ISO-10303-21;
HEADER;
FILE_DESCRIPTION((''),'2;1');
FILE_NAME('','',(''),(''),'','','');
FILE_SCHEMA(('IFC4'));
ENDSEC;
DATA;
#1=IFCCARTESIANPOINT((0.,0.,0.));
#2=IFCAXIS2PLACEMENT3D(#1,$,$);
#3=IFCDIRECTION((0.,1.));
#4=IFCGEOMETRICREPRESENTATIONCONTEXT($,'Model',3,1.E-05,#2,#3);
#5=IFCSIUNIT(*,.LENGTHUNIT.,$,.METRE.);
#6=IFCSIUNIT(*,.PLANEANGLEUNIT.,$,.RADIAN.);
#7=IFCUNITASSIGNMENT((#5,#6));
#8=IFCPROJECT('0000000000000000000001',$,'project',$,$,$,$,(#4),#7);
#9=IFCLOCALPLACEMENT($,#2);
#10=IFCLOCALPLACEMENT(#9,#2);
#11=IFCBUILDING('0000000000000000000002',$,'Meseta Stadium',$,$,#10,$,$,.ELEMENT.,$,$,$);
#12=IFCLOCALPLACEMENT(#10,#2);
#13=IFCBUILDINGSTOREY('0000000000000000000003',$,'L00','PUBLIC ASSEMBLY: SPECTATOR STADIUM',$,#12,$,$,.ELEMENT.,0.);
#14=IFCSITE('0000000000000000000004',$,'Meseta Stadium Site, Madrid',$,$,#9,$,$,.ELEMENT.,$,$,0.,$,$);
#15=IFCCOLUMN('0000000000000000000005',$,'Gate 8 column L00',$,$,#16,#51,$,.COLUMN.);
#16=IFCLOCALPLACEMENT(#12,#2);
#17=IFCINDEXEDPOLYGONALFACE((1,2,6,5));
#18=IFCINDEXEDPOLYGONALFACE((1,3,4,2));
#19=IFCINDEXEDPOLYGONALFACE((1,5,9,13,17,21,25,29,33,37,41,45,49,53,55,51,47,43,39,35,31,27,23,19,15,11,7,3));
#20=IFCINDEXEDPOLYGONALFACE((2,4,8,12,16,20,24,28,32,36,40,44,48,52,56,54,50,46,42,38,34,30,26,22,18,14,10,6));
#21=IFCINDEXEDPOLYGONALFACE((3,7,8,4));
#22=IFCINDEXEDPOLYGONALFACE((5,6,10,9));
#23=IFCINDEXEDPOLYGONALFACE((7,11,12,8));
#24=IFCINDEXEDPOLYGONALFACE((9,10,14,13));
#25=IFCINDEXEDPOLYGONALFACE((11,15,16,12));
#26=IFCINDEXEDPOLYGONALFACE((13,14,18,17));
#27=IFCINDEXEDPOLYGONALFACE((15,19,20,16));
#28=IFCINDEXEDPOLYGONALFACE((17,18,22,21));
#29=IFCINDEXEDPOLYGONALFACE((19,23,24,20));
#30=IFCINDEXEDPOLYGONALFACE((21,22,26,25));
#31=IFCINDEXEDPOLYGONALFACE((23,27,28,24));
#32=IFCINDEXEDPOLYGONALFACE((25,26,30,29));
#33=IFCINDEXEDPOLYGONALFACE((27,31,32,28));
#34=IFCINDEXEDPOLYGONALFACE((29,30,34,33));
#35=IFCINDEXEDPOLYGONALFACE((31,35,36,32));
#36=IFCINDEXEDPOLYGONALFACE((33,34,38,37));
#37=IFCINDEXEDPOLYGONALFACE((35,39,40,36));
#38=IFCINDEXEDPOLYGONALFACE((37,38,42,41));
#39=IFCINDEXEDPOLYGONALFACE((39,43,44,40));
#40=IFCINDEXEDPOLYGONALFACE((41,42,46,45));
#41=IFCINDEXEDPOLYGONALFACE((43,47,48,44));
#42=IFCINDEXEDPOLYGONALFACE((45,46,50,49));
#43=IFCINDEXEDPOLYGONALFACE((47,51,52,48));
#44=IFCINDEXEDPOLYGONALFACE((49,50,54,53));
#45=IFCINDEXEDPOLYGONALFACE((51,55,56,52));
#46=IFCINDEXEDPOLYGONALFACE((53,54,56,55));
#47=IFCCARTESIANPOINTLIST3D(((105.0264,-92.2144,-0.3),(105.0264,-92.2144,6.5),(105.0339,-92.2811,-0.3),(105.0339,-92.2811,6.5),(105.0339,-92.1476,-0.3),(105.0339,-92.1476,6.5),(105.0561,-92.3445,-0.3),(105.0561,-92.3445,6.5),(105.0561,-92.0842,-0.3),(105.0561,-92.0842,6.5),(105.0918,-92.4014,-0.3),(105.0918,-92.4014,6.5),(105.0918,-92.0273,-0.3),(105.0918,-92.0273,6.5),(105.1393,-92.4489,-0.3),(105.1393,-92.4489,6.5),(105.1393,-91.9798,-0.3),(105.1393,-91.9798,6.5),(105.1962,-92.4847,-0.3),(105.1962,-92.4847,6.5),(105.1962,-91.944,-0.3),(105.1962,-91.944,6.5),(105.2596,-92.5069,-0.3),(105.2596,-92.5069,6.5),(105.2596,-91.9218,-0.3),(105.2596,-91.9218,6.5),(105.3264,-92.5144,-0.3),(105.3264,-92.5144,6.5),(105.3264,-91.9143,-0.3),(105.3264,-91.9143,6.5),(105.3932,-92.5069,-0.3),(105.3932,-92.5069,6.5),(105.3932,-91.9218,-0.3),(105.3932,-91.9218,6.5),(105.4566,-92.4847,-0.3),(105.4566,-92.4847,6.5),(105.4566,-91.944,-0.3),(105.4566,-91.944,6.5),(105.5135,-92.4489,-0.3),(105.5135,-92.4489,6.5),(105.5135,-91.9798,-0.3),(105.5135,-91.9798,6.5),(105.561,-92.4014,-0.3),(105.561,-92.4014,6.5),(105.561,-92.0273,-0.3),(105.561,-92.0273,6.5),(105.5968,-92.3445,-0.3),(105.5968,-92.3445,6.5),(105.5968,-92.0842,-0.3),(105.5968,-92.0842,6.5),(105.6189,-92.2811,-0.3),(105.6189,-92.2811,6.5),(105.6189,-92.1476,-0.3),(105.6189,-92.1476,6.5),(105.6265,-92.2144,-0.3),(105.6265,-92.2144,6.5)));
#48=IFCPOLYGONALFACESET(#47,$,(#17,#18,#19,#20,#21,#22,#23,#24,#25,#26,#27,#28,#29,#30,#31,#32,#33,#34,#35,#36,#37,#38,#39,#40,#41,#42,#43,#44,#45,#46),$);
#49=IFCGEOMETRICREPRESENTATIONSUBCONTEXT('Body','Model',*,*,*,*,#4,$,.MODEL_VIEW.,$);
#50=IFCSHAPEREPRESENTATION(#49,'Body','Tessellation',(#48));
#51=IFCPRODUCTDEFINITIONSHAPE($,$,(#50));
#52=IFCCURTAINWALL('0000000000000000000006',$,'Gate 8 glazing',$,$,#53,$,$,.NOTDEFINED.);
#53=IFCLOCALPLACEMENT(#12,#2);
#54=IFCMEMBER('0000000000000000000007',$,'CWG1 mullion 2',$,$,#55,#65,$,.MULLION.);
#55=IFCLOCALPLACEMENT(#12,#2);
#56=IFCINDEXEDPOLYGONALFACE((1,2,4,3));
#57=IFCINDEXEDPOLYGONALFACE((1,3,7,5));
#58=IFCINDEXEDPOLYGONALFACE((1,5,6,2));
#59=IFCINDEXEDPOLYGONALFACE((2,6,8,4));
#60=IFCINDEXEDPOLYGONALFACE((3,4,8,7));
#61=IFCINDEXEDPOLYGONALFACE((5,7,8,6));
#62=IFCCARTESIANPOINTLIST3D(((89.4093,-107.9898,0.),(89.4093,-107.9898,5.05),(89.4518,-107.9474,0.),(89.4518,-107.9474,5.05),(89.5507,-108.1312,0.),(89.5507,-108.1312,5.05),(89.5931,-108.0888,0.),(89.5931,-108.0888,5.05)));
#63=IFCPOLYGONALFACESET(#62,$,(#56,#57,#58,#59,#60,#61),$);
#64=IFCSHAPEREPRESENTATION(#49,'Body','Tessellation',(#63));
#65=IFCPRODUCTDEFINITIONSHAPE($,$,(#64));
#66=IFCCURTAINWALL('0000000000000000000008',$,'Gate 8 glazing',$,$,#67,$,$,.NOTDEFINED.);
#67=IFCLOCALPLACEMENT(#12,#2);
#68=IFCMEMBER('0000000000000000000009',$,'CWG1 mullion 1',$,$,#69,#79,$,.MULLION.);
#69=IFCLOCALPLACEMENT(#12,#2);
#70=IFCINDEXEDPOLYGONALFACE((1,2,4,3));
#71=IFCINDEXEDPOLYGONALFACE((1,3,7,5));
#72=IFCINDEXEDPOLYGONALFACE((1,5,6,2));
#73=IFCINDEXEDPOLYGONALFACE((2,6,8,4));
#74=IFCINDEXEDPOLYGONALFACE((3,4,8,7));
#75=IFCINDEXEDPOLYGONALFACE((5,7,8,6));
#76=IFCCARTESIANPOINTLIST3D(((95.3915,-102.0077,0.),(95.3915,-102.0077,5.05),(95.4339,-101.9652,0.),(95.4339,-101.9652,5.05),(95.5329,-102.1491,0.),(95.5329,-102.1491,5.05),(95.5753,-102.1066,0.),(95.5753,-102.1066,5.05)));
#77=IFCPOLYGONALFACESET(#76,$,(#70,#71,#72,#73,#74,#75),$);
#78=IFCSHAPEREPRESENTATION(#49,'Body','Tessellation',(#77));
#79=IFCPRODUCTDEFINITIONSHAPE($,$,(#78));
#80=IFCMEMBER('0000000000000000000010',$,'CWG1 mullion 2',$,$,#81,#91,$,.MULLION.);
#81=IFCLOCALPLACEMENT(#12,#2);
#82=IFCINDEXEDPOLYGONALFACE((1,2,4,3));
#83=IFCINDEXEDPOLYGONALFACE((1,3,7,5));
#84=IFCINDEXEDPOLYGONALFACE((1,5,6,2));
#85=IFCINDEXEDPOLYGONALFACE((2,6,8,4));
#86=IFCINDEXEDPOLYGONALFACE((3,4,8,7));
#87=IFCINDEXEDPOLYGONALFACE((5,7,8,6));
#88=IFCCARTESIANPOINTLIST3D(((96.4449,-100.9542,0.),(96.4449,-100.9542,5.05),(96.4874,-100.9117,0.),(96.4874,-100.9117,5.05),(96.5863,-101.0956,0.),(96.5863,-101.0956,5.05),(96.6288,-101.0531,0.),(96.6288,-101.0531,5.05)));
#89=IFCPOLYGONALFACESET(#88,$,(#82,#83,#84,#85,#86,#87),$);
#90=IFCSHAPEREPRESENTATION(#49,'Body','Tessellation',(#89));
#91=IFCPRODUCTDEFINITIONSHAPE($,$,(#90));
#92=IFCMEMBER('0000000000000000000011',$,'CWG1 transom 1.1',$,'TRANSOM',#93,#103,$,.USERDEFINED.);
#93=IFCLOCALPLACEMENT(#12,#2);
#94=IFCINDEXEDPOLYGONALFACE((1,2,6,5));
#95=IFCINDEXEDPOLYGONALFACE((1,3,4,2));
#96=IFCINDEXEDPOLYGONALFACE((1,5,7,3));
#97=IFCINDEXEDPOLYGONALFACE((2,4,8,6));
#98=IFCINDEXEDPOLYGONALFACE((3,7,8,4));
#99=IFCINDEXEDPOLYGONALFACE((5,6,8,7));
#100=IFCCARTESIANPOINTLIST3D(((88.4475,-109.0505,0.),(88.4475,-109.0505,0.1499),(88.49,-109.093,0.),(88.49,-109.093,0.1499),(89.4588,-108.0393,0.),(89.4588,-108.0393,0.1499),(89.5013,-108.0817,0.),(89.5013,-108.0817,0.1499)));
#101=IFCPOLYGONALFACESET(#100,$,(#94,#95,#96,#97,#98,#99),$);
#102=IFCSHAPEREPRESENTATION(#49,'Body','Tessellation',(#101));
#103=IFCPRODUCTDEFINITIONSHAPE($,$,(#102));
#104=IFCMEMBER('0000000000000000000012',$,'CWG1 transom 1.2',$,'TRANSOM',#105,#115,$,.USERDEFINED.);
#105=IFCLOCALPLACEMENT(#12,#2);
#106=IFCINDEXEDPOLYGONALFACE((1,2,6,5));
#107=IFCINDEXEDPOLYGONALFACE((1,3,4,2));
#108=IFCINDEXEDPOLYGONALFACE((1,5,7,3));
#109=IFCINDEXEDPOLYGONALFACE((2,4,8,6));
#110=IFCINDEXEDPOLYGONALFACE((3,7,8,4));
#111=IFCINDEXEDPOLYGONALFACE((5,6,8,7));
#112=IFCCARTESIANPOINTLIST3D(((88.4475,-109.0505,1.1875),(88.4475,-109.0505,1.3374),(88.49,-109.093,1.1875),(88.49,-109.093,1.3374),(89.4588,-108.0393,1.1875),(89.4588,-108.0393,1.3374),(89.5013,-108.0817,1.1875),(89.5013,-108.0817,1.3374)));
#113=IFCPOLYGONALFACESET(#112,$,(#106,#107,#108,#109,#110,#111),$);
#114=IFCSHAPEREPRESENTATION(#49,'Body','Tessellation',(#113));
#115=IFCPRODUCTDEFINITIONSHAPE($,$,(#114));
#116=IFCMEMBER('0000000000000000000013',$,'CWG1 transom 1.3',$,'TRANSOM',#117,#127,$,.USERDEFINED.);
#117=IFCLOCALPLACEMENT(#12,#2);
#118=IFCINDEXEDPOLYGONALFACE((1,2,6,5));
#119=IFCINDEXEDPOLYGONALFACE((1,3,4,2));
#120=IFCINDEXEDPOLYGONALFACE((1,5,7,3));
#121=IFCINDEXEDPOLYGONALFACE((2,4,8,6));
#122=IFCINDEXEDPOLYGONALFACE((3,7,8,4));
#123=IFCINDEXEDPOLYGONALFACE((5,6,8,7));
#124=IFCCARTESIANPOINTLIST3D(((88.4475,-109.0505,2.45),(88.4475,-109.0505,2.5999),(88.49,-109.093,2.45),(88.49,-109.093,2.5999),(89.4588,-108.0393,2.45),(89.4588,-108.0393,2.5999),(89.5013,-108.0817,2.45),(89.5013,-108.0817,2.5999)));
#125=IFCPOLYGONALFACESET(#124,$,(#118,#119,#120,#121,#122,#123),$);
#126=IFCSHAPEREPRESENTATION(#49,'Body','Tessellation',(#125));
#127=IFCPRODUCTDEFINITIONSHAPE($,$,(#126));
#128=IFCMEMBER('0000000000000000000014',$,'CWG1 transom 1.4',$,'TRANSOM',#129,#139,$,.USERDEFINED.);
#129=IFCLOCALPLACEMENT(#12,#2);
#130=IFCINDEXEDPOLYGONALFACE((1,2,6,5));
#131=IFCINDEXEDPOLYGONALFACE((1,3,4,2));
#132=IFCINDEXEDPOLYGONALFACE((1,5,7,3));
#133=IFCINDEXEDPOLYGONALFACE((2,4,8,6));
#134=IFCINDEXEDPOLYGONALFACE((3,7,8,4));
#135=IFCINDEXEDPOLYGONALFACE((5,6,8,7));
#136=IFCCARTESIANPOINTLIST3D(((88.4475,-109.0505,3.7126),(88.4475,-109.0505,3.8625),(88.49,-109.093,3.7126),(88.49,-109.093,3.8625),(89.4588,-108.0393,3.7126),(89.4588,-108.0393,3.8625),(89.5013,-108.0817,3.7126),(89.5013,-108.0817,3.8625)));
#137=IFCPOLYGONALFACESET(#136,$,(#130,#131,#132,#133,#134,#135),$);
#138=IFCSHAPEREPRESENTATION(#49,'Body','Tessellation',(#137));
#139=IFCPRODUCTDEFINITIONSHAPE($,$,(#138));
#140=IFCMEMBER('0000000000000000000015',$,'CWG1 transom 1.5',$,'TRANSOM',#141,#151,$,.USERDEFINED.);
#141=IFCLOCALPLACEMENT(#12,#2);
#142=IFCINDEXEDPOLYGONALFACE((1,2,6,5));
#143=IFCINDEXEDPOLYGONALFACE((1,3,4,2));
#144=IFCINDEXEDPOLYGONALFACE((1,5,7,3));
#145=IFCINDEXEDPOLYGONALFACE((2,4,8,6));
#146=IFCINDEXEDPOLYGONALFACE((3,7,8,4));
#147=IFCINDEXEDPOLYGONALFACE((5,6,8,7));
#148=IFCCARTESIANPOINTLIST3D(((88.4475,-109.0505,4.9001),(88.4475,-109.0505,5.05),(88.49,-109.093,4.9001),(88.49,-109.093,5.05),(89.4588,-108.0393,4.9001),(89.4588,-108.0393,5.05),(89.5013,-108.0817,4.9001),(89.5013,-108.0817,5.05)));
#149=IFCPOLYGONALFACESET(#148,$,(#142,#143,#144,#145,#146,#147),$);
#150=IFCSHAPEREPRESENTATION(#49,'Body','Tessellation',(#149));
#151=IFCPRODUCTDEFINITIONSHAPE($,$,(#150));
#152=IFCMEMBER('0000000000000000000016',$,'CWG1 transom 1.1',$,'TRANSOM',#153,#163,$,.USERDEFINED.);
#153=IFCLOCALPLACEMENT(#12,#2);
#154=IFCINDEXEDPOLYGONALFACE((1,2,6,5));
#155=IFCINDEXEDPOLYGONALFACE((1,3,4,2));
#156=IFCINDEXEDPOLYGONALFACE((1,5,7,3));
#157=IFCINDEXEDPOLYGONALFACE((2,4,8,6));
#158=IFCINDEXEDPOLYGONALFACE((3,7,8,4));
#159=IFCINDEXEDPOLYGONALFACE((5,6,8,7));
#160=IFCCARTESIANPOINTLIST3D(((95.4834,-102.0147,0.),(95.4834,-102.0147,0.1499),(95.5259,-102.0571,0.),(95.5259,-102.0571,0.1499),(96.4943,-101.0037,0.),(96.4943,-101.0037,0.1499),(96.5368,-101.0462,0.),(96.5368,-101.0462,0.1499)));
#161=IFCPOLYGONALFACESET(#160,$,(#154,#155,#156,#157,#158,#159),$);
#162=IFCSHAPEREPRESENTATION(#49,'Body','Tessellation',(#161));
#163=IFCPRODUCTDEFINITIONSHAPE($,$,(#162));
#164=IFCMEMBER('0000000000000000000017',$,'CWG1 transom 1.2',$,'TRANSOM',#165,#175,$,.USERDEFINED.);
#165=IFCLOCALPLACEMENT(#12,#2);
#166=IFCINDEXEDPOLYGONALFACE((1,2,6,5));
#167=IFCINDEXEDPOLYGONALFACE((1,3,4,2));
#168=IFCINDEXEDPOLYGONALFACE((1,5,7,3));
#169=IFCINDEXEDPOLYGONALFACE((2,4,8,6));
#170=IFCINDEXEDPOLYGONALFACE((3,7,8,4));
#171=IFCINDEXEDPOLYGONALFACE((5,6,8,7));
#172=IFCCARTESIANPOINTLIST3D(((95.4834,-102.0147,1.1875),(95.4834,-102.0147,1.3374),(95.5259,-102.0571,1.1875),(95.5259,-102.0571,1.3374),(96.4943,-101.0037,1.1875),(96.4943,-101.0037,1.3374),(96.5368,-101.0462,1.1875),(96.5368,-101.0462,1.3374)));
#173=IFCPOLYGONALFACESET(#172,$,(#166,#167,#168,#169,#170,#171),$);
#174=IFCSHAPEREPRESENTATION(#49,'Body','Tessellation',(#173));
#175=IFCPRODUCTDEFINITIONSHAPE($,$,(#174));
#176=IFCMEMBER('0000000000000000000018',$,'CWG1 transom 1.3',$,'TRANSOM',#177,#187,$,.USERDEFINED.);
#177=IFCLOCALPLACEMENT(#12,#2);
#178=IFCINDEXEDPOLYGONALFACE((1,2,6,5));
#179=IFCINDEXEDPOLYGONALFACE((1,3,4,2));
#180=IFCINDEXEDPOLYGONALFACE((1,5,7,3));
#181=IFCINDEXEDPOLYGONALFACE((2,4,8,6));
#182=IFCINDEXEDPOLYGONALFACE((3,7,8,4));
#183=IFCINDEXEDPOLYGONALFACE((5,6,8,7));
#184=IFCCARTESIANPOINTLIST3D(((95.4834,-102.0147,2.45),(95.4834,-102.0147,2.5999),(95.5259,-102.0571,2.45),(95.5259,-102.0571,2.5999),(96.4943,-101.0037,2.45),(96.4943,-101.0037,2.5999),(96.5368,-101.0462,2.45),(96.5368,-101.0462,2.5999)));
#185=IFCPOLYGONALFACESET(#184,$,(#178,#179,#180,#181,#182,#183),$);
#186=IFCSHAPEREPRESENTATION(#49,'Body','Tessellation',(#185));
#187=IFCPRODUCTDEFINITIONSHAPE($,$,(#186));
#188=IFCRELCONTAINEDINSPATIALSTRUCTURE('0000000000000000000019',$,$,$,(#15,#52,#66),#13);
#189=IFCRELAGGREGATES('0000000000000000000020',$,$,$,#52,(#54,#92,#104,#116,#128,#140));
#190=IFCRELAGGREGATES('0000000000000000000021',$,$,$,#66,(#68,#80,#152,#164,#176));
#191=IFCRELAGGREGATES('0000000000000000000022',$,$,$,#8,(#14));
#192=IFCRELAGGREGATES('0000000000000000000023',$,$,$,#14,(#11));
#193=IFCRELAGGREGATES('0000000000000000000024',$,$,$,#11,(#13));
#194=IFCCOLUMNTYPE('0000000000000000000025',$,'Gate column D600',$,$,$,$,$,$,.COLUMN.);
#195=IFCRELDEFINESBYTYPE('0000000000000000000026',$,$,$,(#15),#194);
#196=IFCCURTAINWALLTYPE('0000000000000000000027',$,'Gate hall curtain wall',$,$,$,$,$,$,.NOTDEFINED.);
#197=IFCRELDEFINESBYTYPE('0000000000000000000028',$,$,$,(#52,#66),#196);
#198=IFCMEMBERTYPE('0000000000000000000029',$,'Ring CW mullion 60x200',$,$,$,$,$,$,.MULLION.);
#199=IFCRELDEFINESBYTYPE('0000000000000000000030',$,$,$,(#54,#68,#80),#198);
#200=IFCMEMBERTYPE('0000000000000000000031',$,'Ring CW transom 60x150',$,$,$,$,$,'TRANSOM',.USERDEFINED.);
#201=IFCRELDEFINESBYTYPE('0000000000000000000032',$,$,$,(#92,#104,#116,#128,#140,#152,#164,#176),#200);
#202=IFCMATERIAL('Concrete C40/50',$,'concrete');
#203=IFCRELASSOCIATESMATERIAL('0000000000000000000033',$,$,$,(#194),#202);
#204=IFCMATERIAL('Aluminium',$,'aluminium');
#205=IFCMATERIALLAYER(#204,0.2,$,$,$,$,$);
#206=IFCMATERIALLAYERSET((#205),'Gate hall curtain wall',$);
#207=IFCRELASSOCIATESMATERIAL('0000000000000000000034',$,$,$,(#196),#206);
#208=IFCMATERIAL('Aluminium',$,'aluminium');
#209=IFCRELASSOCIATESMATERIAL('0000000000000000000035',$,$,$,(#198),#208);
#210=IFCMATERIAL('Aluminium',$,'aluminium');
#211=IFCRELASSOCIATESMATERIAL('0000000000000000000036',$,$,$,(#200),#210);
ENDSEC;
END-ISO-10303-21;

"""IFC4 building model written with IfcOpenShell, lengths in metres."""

from ifc_helpers import new_model, si_unit, direction, frame, origin, origin_2d, place, context, subcontext, project, spatial, rectangle, circle, extrude, material, layer, layer_set, material_profile, profile_set, type_object, element, aggregate, save


model = new_model("IFC4")

# Units and contexts
model_context = context("Model", 3, precision=1e-05, world=origin(), true_north=direction((0.0, 1.0)))
body_context = subcontext(model_context, "Body", "Model", "MODEL_VIEW")
ifc_project = project(units=[si_unit("LENGTHUNIT", "METRE"), si_unit("PLANEANGLEUNIT", "RADIAN")], contexts=[model_context])

# Site, building, storey
site_placement = place(None, origin())
site = spatial("IfcSite", under=ifc_project, at=site_placement, Name="Meseta Stadium Site, Madrid", CompositionType="ELEMENT", RefElevation=0.0)
building_placement = place(site_placement, origin())
building = spatial("IfcBuilding", under=site, at=building_placement, Name="Meseta Stadium", CompositionType="ELEMENT")
storey_placement = place(building_placement, origin())
storey = spatial("IfcBuildingStorey", under=building, at=storey_placement, Name="L00", Description="PUBLIC ASSEMBLY: SPECTATOR STADIUM", CompositionType="ELEMENT", Elevation=0.0)

# Column
ifc_material_1 = material(Name="Concrete C40/50", Category="concrete")
ifc_material_profile_1 = material_profile(ifc_material_1, circle(Radius=0.3, at=origin_2d()), Name="RC D600")
ifc_profile_set_1 = profile_set([ifc_material_profile_1], Name="Concrete C40/50")
column_type_1 = type_object("IfcColumnType", Name="Gate column D600", PredefinedType="COLUMN", material=ifc_profile_set_1)
for number, where, z_axis, x_axis, name in (
    (1, (105.3264, -92.2144, -0.3), (0.0, 0.0, 1.0), (1.0, 0.0, 0.0), "Gate 8 column L00"),
):
    element("IfcColumn", number, at=place(storey_placement, frame(where, z_axis=z_axis, x_axis=x_axis)), inside=storey, type_object=column_type_1, Name=name, PredefinedType="COLUMN", context=body_context, shape_type="SweptSolid", body=[
        extrude(circle(Radius=0.3, at=origin_2d()), origin(), (0.0, 0.0, 1.0), 6.8),
    ])

# Curtain wall, member
ifc_material_2 = material(Name="Aluminium", Category="aluminium")
ifc_layer_1 = layer(ifc_material_2, 0.2)
ifc_layer_set_1 = layer_set([ifc_layer_1], Name="Gate hall curtain wall")
curtain_wall_type = type_object("IfcCurtainWallType", Name="Gate hall curtain wall", PredefinedType="NOTDEFINED", material=ifc_layer_set_1)
curtain_wall_1_placement = place(storey_placement, origin())
curtain_wall_1 = element("IfcCurtainWall", 2, at=curtain_wall_1_placement, inside=storey, type_object=curtain_wall_type, Name="Gate 8 glazing", PredefinedType="NOTDEFINED")
ifc_material_3 = material(Name="Aluminium", Category="aluminium")
ifc_material_profile_2 = material_profile(ifc_material_3, rectangle(XDim=0.2, YDim=0.0601, at=origin_2d()), Name="CW 200x60")
ifc_profile_set_2 = profile_set([ifc_material_profile_2], Name="Aluminium")
member_type_1 = type_object("IfcMemberType", Name="Ring CW mullion 60x200", PredefinedType="MULLION", material=ifc_profile_set_2)
member_1_placement = place(storey_placement, frame((89.5012, -108.0393, 0.0), z_axis=(0.0, 0.0, 1.0), x_axis=(-0.707107, 0.707107, 0.0)))
member_1 = element("IfcMember", 3, at=member_1_placement, type_object=member_type_1, Name="CWG1 mullion 2", PredefinedType="MULLION", context=body_context, shape_type="SweptSolid", body=[
    extrude(rectangle(XDim=0.2, YDim=0.0601, at=origin_2d()), origin(), (0.0, 0.0, 1.0), 5.05),
])

# Curtain wall, members
curtain_wall_2_placement = place(storey_placement, origin())
curtain_wall_2 = element("IfcCurtainWall", 4, at=curtain_wall_2_placement, inside=storey, type_object=curtain_wall_type, Name="Gate 8 glazing", PredefinedType="NOTDEFINED")
member_2_placement = place(storey_placement, frame((95.4834, -102.0571, 0.0), z_axis=(0.0, 0.0, 1.0), x_axis=(-0.707107, 0.707107, 0.0)))
member_2 = element("IfcMember", 5, at=member_2_placement, type_object=member_type_1, Name="CWG1 mullion 1", PredefinedType="MULLION", context=body_context, shape_type="SweptSolid", body=[
    extrude(rectangle(XDim=0.2, YDim=0.0601, at=origin_2d()), origin(), (0.0, 0.0, 1.0), 5.05),
])
member_3_placement = place(storey_placement, frame((96.5369, -101.0037, 0.0), z_axis=(0.0, 0.0, 1.0), x_axis=(-0.707107, 0.707107, 0.0)))
member_3 = element("IfcMember", 6, at=member_3_placement, type_object=member_type_1, Name="CWG1 mullion 2", PredefinedType="MULLION", context=body_context, shape_type="SweptSolid", body=[
    extrude(rectangle(XDim=0.2, YDim=0.0601, at=origin_2d()), origin(), (0.0, 0.0, 1.0), 5.05),
])

# Members
ifc_material_4 = material(Name="Aluminium", Category="aluminium")
ifc_material_profile_3 = material_profile(ifc_material_4, rectangle(XDim=0.0601, YDim=0.1499, at=origin_2d()), Name="CW 60x150")
ifc_profile_set_3 = profile_set([ifc_material_profile_3], Name="Aluminium")
member_type_2 = type_object("IfcMemberType", Name="Ring CW transom 60x150", ElementType="TRANSOM", PredefinedType="USERDEFINED", material=ifc_profile_set_3)
member_4_placement = place(storey_placement, frame((88.4688, -109.0718, 0.075), z_axis=(0.707107, 0.707107, 0.0), x_axis=(-0.707107, 0.707107, 0.0)))
member_4 = element("IfcMember", 7, at=member_4_placement, type_object=member_type_2, Name="CWG1 transom 1.1", ObjectType="TRANSOM", PredefinedType="USERDEFINED", context=body_context, shape_type="SweptSolid", body=[
    extrude(rectangle(XDim=0.0601, YDim=0.1499, at=origin_2d()), origin(), (0.0, 0.0, 1.0), 1.4302),
])
member_5_placement = place(storey_placement, frame((88.4688, -109.0718, 1.2625), z_axis=(0.707107, 0.707107, 0.0), x_axis=(-0.707107, 0.707107, 0.0)))
member_5 = element("IfcMember", 8, at=member_5_placement, type_object=member_type_2, Name="CWG1 transom 1.2", ObjectType="TRANSOM", PredefinedType="USERDEFINED", context=body_context, shape_type="SweptSolid", body=[
    extrude(rectangle(XDim=0.0601, YDim=0.1499, at=origin_2d()), origin(), (0.0, 0.0, 1.0), 1.4302),
])
member_6_placement = place(storey_placement, frame((88.4688, -109.0718, 2.5249), z_axis=(0.707107, 0.707107, 0.0), x_axis=(-0.707107, 0.707107, 0.0)))
member_6 = element("IfcMember", 9, at=member_6_placement, type_object=member_type_2, Name="CWG1 transom 1.3", ObjectType="TRANSOM", PredefinedType="USERDEFINED", context=body_context, shape_type="SweptSolid", body=[
    extrude(rectangle(XDim=0.0601, YDim=0.1499, at=origin_2d()), origin(), (0.0, 0.0, 1.0), 1.4302),
])
member_7_placement = place(storey_placement, frame((88.4688, -109.0718, 3.7876), z_axis=(0.707107, 0.707107, 0.0), x_axis=(-0.707107, 0.707107, 0.0)))
member_7 = element("IfcMember", 10, at=member_7_placement, type_object=member_type_2, Name="CWG1 transom 1.4", ObjectType="TRANSOM", PredefinedType="USERDEFINED", context=body_context, shape_type="SweptSolid", body=[
    extrude(rectangle(XDim=0.0601, YDim=0.1499, at=origin_2d()), origin(), (0.0, 0.0, 1.0), 1.4302),
])
member_8_placement = place(storey_placement, frame((88.4688, -109.0718, 4.9751), z_axis=(0.707107, 0.707107, 0.0), x_axis=(-0.707107, 0.707107, 0.0)))
member_8 = element("IfcMember", 11, at=member_8_placement, type_object=member_type_2, Name="CWG1 transom 1.5", ObjectType="TRANSOM", PredefinedType="USERDEFINED", context=body_context, shape_type="SweptSolid", body=[
    extrude(rectangle(XDim=0.0601, YDim=0.1499, at=origin_2d()), origin(), (0.0, 0.0, 1.0), 1.4302),
])
member_9_placement = place(storey_placement, frame((95.5046, -102.0359, 0.075), z_axis=(0.707107, 0.707107, 0.0), x_axis=(-0.707107, 0.707107, 0.0)))
member_9 = element("IfcMember", 12, at=member_9_placement, type_object=member_type_2, Name="CWG1 transom 1.1", ObjectType="TRANSOM", PredefinedType="USERDEFINED", context=body_context, shape_type="SweptSolid", body=[
    extrude(rectangle(XDim=0.0601, YDim=0.1499, at=origin_2d()), origin(), (0.0, 0.0, 1.0), 1.4297),
])
member_10_placement = place(storey_placement, frame((95.5046, -102.0359, 1.2625), z_axis=(0.707107, 0.707107, 0.0), x_axis=(-0.707107, 0.707107, 0.0)))
member_10 = element("IfcMember", 13, at=member_10_placement, type_object=member_type_2, Name="CWG1 transom 1.2", ObjectType="TRANSOM", PredefinedType="USERDEFINED", context=body_context, shape_type="SweptSolid", body=[
    extrude(rectangle(XDim=0.0601, YDim=0.1499, at=origin_2d()), origin(), (0.0, 0.0, 1.0), 1.4297),
])
member_11_placement = place(storey_placement, frame((95.5046, -102.0359, 2.5249), z_axis=(0.707107, 0.707107, 0.0), x_axis=(-0.707107, 0.707107, 0.0)))
member_11 = element("IfcMember", 14, at=member_11_placement, type_object=member_type_2, Name="CWG1 transom 1.3", ObjectType="TRANSOM", PredefinedType="USERDEFINED", context=body_context, shape_type="SweptSolid", body=[
    extrude(rectangle(XDim=0.0601, YDim=0.1499, at=origin_2d()), origin(), (0.0, 0.0, 1.0), 1.4297),
])

aggregate(curtain_wall_1, [member_1, member_4, member_5, member_6, member_7, member_8])
aggregate(curtain_wall_2, [member_2, member_3, member_9, member_10, member_11])

save(model, "model.ifc")
